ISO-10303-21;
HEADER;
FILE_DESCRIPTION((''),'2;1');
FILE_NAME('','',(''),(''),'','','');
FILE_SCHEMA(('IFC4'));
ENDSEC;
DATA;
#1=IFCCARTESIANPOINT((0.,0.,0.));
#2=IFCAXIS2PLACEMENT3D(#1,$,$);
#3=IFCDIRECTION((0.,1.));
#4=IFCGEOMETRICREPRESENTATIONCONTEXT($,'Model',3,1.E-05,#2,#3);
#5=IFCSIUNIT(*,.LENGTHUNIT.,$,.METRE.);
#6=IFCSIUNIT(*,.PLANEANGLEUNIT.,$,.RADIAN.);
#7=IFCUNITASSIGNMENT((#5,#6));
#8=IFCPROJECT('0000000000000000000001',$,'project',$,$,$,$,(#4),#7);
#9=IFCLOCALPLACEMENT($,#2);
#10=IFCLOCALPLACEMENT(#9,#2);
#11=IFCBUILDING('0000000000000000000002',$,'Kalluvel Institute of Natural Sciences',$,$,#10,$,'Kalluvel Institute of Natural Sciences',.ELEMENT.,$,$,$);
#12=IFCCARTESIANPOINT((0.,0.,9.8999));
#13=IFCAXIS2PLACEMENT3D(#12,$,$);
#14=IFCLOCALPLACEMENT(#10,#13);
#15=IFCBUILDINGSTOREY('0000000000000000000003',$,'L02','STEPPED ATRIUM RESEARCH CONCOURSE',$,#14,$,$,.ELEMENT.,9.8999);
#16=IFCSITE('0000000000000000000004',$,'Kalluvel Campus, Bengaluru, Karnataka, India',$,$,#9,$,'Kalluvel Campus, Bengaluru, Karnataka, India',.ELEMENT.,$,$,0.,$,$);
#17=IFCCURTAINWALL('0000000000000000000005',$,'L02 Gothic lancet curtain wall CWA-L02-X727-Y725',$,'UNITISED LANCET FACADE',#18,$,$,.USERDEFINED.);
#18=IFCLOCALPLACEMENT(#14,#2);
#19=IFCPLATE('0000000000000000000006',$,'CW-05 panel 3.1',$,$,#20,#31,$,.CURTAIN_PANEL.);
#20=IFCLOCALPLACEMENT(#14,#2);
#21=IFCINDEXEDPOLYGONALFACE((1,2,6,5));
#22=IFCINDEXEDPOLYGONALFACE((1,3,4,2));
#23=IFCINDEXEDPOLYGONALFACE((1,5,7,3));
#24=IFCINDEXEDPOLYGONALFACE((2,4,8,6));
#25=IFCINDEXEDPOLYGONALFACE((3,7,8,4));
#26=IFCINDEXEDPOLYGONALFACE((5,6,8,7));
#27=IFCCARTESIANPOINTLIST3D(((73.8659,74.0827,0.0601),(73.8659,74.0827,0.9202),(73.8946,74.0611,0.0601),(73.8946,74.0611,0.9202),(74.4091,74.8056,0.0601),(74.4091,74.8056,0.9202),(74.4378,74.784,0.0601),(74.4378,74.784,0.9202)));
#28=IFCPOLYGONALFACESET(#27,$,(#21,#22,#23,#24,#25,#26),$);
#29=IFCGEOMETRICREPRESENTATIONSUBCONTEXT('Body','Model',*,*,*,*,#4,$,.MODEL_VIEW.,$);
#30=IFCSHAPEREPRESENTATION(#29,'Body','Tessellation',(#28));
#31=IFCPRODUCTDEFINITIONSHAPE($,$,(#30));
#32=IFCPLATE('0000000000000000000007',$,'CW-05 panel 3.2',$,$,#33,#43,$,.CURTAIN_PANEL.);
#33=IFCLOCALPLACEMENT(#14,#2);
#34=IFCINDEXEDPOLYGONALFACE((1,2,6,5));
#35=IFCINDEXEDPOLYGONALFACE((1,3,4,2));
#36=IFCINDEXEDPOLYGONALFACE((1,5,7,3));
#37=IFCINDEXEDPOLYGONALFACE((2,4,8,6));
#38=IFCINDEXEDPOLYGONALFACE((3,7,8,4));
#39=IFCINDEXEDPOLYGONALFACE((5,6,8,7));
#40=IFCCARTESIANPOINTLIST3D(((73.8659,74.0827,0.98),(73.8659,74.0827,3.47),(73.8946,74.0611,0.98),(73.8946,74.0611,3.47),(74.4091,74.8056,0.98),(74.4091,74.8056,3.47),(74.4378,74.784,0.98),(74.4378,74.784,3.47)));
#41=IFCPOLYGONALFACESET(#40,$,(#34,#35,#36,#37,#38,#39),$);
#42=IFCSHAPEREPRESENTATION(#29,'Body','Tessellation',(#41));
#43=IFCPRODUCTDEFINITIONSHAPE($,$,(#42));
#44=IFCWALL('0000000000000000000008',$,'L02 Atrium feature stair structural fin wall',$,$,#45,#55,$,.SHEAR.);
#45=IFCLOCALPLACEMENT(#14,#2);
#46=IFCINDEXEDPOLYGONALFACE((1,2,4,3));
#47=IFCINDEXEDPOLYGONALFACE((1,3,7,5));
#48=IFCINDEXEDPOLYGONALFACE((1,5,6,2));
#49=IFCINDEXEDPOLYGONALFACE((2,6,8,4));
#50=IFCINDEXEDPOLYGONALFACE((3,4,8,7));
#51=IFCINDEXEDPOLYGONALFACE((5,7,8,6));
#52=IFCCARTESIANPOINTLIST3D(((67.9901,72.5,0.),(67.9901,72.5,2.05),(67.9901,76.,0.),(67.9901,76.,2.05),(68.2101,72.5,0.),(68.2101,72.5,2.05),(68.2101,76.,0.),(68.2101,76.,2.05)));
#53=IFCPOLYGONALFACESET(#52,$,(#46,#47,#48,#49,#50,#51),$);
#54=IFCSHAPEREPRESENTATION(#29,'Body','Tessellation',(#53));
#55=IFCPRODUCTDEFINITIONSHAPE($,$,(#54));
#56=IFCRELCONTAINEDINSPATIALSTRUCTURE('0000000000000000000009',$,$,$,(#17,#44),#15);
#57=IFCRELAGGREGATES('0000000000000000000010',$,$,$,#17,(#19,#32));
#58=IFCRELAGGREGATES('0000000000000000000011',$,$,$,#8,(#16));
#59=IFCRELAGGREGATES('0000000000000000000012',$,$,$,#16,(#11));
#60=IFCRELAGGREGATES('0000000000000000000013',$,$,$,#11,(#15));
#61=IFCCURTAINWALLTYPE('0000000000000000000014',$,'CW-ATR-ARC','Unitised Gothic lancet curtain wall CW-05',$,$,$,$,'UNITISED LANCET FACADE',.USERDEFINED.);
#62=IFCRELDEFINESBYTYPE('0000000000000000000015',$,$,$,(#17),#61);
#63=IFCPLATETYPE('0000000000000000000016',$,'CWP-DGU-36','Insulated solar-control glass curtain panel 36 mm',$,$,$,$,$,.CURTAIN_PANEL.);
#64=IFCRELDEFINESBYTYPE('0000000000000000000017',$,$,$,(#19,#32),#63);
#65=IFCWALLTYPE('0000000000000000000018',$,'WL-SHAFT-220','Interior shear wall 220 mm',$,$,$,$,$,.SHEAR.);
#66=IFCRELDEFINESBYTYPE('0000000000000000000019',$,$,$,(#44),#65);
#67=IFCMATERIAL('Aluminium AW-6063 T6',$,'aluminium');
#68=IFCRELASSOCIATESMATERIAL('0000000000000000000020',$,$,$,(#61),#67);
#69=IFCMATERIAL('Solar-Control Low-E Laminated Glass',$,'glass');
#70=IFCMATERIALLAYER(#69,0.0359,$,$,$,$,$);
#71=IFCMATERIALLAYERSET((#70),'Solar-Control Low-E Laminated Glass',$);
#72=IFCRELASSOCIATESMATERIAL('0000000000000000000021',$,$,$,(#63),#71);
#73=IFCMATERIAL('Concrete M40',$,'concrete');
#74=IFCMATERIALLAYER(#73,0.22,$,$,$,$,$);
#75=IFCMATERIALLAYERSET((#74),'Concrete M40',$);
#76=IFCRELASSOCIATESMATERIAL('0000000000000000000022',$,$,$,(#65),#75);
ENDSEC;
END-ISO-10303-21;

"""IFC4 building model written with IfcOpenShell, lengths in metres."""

from ifc_helpers import new_model, si_unit, direction, frame, frame_2d, origin, origin_2d, place, context, subcontext, project, spatial, rectangle, extrude, material, layer, layer_set, type_object, element, aggregate, save


model = new_model("IFC4")

# Units and contexts
model_context = context("Model", 3, precision=1e-05, world=origin(), true_north=direction((0.0, 1.0)))
body_context = subcontext(model_context, "Body", "Model", "MODEL_VIEW")
ifc_project = project(units=[si_unit("LENGTHUNIT", "METRE"), si_unit("PLANEANGLEUNIT", "RADIAN")], contexts=[model_context])

# Site, building, storey
site_placement = place(None, origin())
site = spatial("IfcSite", under=ifc_project, at=site_placement, Name="Kalluvel Campus, Bengaluru, Karnataka, India", LongName="Kalluvel Campus, Bengaluru, Karnataka, India", CompositionType="ELEMENT", RefElevation=0.0)
building_placement = place(site_placement, origin())
building = spatial("IfcBuilding", under=site, at=building_placement, Name="Kalluvel Institute of Natural Sciences", LongName="Kalluvel Institute of Natural Sciences", CompositionType="ELEMENT")
storey_placement = place(building_placement, frame((0.0, 0.0, 9.8999)))
storey = spatial("IfcBuildingStorey", under=building, at=storey_placement, Name="L02", Description="STEPPED ATRIUM RESEARCH CONCOURSE", CompositionType="ELEMENT", Elevation=9.8999)

# Shared definitions
ifc_material_1 = material(Name="Concrete M40", Category="concrete")

# Curtain wall, plates
ifc_material_2 = material(Name="Aluminium AW-6063 T6", Category="aluminium")
curtain_wall_type = type_object("IfcCurtainWallType", Name="CW-ATR-ARC", Description="Unitised Gothic lancet curtain wall CW-05", ElementType="UNITISED LANCET FACADE", PredefinedType="USERDEFINED", material=ifc_material_2)
curtain_wall_placement = place(storey_placement, origin())
curtain_wall = element("IfcCurtainWall", 1, at=curtain_wall_placement, inside=storey, type_object=curtain_wall_type, Name="L02 Gothic lancet curtain wall CWA-L02-X727-Y725", ObjectType="UNITISED LANCET FACADE", PredefinedType="USERDEFINED")
ifc_material_3 = material(Name="Solar-Control Low-E Laminated Glass", Category="glass")
ifc_layer_1 = layer(ifc_material_3, 0.0359)
ifc_layer_set_1 = layer_set([ifc_layer_1], Name="Solar-Control Low-E Laminated Glass")
plate_type = type_object("IfcPlateType", Name="CWP-DGU-36", Description="Insulated solar-control glass curtain panel 36 mm", PredefinedType="CURTAIN_PANEL", material=ifc_layer_set_1)
plate_1_placement = place(storey_placement, frame((74.1519, 74.4333, 0.0601), z_axis=(0.0, 0.0, 1.0), x_axis=(0.600738, 0.799446, 0.0)))
plate_1 = element("IfcPlate", 2, at=plate_1_placement, type_object=plate_type, Name="CW-05 panel 3.1", PredefinedType="CURTAIN_PANEL", context=body_context, shape_type="SweptSolid", body=[
    extrude(rectangle(XDim=0.9043, YDim=0.0359, at=origin_2d()), origin(), (0.0, 0.0, 1.0), 0.8601),
])
plate_2_placement = place(storey_placement, frame((74.1519, 74.4333, 0.98), z_axis=(0.0, 0.0, 1.0), x_axis=(0.600738, 0.799446, 0.0)))
plate_2 = element("IfcPlate", 3, at=plate_2_placement, type_object=plate_type, Name="CW-05 panel 3.2", PredefinedType="CURTAIN_PANEL", context=body_context, shape_type="SweptSolid", body=[
    extrude(rectangle(XDim=0.9043, YDim=0.0359, at=origin_2d()), origin(), (0.0, 0.0, 1.0), 2.49),
])
aggregate(curtain_wall, [plate_1, plate_2])

# Wall
ifc_layer_2 = layer(ifc_material_1, 0.22)
ifc_layer_set_2 = layer_set([ifc_layer_2], Name="Concrete M40")
wall_type = type_object("IfcWallType", Name="WL-SHAFT-220", Description="Interior shear wall 220 mm", PredefinedType="SHEAR", material=ifc_layer_set_2)
wall_placement = place(storey_placement, frame((68.1001, 72.5, 0.0), z_axis=(0.0, 0.0, 1.0), x_axis=(0.0, 1.0, 0.0)))
element("IfcWall", 4, at=wall_placement, inside=storey, type_object=wall_type, Name="L02 Atrium feature stair structural fin wall", PredefinedType="SHEAR", context=body_context, shape_type="SweptSolid", body=[
    extrude(rectangle(XDim=3.5, YDim=0.22, at=frame_2d((1.75, 0.0))), origin(), (0.0, 0.0, 1.0), 2.05),
])

save(model, "model.ifc")
